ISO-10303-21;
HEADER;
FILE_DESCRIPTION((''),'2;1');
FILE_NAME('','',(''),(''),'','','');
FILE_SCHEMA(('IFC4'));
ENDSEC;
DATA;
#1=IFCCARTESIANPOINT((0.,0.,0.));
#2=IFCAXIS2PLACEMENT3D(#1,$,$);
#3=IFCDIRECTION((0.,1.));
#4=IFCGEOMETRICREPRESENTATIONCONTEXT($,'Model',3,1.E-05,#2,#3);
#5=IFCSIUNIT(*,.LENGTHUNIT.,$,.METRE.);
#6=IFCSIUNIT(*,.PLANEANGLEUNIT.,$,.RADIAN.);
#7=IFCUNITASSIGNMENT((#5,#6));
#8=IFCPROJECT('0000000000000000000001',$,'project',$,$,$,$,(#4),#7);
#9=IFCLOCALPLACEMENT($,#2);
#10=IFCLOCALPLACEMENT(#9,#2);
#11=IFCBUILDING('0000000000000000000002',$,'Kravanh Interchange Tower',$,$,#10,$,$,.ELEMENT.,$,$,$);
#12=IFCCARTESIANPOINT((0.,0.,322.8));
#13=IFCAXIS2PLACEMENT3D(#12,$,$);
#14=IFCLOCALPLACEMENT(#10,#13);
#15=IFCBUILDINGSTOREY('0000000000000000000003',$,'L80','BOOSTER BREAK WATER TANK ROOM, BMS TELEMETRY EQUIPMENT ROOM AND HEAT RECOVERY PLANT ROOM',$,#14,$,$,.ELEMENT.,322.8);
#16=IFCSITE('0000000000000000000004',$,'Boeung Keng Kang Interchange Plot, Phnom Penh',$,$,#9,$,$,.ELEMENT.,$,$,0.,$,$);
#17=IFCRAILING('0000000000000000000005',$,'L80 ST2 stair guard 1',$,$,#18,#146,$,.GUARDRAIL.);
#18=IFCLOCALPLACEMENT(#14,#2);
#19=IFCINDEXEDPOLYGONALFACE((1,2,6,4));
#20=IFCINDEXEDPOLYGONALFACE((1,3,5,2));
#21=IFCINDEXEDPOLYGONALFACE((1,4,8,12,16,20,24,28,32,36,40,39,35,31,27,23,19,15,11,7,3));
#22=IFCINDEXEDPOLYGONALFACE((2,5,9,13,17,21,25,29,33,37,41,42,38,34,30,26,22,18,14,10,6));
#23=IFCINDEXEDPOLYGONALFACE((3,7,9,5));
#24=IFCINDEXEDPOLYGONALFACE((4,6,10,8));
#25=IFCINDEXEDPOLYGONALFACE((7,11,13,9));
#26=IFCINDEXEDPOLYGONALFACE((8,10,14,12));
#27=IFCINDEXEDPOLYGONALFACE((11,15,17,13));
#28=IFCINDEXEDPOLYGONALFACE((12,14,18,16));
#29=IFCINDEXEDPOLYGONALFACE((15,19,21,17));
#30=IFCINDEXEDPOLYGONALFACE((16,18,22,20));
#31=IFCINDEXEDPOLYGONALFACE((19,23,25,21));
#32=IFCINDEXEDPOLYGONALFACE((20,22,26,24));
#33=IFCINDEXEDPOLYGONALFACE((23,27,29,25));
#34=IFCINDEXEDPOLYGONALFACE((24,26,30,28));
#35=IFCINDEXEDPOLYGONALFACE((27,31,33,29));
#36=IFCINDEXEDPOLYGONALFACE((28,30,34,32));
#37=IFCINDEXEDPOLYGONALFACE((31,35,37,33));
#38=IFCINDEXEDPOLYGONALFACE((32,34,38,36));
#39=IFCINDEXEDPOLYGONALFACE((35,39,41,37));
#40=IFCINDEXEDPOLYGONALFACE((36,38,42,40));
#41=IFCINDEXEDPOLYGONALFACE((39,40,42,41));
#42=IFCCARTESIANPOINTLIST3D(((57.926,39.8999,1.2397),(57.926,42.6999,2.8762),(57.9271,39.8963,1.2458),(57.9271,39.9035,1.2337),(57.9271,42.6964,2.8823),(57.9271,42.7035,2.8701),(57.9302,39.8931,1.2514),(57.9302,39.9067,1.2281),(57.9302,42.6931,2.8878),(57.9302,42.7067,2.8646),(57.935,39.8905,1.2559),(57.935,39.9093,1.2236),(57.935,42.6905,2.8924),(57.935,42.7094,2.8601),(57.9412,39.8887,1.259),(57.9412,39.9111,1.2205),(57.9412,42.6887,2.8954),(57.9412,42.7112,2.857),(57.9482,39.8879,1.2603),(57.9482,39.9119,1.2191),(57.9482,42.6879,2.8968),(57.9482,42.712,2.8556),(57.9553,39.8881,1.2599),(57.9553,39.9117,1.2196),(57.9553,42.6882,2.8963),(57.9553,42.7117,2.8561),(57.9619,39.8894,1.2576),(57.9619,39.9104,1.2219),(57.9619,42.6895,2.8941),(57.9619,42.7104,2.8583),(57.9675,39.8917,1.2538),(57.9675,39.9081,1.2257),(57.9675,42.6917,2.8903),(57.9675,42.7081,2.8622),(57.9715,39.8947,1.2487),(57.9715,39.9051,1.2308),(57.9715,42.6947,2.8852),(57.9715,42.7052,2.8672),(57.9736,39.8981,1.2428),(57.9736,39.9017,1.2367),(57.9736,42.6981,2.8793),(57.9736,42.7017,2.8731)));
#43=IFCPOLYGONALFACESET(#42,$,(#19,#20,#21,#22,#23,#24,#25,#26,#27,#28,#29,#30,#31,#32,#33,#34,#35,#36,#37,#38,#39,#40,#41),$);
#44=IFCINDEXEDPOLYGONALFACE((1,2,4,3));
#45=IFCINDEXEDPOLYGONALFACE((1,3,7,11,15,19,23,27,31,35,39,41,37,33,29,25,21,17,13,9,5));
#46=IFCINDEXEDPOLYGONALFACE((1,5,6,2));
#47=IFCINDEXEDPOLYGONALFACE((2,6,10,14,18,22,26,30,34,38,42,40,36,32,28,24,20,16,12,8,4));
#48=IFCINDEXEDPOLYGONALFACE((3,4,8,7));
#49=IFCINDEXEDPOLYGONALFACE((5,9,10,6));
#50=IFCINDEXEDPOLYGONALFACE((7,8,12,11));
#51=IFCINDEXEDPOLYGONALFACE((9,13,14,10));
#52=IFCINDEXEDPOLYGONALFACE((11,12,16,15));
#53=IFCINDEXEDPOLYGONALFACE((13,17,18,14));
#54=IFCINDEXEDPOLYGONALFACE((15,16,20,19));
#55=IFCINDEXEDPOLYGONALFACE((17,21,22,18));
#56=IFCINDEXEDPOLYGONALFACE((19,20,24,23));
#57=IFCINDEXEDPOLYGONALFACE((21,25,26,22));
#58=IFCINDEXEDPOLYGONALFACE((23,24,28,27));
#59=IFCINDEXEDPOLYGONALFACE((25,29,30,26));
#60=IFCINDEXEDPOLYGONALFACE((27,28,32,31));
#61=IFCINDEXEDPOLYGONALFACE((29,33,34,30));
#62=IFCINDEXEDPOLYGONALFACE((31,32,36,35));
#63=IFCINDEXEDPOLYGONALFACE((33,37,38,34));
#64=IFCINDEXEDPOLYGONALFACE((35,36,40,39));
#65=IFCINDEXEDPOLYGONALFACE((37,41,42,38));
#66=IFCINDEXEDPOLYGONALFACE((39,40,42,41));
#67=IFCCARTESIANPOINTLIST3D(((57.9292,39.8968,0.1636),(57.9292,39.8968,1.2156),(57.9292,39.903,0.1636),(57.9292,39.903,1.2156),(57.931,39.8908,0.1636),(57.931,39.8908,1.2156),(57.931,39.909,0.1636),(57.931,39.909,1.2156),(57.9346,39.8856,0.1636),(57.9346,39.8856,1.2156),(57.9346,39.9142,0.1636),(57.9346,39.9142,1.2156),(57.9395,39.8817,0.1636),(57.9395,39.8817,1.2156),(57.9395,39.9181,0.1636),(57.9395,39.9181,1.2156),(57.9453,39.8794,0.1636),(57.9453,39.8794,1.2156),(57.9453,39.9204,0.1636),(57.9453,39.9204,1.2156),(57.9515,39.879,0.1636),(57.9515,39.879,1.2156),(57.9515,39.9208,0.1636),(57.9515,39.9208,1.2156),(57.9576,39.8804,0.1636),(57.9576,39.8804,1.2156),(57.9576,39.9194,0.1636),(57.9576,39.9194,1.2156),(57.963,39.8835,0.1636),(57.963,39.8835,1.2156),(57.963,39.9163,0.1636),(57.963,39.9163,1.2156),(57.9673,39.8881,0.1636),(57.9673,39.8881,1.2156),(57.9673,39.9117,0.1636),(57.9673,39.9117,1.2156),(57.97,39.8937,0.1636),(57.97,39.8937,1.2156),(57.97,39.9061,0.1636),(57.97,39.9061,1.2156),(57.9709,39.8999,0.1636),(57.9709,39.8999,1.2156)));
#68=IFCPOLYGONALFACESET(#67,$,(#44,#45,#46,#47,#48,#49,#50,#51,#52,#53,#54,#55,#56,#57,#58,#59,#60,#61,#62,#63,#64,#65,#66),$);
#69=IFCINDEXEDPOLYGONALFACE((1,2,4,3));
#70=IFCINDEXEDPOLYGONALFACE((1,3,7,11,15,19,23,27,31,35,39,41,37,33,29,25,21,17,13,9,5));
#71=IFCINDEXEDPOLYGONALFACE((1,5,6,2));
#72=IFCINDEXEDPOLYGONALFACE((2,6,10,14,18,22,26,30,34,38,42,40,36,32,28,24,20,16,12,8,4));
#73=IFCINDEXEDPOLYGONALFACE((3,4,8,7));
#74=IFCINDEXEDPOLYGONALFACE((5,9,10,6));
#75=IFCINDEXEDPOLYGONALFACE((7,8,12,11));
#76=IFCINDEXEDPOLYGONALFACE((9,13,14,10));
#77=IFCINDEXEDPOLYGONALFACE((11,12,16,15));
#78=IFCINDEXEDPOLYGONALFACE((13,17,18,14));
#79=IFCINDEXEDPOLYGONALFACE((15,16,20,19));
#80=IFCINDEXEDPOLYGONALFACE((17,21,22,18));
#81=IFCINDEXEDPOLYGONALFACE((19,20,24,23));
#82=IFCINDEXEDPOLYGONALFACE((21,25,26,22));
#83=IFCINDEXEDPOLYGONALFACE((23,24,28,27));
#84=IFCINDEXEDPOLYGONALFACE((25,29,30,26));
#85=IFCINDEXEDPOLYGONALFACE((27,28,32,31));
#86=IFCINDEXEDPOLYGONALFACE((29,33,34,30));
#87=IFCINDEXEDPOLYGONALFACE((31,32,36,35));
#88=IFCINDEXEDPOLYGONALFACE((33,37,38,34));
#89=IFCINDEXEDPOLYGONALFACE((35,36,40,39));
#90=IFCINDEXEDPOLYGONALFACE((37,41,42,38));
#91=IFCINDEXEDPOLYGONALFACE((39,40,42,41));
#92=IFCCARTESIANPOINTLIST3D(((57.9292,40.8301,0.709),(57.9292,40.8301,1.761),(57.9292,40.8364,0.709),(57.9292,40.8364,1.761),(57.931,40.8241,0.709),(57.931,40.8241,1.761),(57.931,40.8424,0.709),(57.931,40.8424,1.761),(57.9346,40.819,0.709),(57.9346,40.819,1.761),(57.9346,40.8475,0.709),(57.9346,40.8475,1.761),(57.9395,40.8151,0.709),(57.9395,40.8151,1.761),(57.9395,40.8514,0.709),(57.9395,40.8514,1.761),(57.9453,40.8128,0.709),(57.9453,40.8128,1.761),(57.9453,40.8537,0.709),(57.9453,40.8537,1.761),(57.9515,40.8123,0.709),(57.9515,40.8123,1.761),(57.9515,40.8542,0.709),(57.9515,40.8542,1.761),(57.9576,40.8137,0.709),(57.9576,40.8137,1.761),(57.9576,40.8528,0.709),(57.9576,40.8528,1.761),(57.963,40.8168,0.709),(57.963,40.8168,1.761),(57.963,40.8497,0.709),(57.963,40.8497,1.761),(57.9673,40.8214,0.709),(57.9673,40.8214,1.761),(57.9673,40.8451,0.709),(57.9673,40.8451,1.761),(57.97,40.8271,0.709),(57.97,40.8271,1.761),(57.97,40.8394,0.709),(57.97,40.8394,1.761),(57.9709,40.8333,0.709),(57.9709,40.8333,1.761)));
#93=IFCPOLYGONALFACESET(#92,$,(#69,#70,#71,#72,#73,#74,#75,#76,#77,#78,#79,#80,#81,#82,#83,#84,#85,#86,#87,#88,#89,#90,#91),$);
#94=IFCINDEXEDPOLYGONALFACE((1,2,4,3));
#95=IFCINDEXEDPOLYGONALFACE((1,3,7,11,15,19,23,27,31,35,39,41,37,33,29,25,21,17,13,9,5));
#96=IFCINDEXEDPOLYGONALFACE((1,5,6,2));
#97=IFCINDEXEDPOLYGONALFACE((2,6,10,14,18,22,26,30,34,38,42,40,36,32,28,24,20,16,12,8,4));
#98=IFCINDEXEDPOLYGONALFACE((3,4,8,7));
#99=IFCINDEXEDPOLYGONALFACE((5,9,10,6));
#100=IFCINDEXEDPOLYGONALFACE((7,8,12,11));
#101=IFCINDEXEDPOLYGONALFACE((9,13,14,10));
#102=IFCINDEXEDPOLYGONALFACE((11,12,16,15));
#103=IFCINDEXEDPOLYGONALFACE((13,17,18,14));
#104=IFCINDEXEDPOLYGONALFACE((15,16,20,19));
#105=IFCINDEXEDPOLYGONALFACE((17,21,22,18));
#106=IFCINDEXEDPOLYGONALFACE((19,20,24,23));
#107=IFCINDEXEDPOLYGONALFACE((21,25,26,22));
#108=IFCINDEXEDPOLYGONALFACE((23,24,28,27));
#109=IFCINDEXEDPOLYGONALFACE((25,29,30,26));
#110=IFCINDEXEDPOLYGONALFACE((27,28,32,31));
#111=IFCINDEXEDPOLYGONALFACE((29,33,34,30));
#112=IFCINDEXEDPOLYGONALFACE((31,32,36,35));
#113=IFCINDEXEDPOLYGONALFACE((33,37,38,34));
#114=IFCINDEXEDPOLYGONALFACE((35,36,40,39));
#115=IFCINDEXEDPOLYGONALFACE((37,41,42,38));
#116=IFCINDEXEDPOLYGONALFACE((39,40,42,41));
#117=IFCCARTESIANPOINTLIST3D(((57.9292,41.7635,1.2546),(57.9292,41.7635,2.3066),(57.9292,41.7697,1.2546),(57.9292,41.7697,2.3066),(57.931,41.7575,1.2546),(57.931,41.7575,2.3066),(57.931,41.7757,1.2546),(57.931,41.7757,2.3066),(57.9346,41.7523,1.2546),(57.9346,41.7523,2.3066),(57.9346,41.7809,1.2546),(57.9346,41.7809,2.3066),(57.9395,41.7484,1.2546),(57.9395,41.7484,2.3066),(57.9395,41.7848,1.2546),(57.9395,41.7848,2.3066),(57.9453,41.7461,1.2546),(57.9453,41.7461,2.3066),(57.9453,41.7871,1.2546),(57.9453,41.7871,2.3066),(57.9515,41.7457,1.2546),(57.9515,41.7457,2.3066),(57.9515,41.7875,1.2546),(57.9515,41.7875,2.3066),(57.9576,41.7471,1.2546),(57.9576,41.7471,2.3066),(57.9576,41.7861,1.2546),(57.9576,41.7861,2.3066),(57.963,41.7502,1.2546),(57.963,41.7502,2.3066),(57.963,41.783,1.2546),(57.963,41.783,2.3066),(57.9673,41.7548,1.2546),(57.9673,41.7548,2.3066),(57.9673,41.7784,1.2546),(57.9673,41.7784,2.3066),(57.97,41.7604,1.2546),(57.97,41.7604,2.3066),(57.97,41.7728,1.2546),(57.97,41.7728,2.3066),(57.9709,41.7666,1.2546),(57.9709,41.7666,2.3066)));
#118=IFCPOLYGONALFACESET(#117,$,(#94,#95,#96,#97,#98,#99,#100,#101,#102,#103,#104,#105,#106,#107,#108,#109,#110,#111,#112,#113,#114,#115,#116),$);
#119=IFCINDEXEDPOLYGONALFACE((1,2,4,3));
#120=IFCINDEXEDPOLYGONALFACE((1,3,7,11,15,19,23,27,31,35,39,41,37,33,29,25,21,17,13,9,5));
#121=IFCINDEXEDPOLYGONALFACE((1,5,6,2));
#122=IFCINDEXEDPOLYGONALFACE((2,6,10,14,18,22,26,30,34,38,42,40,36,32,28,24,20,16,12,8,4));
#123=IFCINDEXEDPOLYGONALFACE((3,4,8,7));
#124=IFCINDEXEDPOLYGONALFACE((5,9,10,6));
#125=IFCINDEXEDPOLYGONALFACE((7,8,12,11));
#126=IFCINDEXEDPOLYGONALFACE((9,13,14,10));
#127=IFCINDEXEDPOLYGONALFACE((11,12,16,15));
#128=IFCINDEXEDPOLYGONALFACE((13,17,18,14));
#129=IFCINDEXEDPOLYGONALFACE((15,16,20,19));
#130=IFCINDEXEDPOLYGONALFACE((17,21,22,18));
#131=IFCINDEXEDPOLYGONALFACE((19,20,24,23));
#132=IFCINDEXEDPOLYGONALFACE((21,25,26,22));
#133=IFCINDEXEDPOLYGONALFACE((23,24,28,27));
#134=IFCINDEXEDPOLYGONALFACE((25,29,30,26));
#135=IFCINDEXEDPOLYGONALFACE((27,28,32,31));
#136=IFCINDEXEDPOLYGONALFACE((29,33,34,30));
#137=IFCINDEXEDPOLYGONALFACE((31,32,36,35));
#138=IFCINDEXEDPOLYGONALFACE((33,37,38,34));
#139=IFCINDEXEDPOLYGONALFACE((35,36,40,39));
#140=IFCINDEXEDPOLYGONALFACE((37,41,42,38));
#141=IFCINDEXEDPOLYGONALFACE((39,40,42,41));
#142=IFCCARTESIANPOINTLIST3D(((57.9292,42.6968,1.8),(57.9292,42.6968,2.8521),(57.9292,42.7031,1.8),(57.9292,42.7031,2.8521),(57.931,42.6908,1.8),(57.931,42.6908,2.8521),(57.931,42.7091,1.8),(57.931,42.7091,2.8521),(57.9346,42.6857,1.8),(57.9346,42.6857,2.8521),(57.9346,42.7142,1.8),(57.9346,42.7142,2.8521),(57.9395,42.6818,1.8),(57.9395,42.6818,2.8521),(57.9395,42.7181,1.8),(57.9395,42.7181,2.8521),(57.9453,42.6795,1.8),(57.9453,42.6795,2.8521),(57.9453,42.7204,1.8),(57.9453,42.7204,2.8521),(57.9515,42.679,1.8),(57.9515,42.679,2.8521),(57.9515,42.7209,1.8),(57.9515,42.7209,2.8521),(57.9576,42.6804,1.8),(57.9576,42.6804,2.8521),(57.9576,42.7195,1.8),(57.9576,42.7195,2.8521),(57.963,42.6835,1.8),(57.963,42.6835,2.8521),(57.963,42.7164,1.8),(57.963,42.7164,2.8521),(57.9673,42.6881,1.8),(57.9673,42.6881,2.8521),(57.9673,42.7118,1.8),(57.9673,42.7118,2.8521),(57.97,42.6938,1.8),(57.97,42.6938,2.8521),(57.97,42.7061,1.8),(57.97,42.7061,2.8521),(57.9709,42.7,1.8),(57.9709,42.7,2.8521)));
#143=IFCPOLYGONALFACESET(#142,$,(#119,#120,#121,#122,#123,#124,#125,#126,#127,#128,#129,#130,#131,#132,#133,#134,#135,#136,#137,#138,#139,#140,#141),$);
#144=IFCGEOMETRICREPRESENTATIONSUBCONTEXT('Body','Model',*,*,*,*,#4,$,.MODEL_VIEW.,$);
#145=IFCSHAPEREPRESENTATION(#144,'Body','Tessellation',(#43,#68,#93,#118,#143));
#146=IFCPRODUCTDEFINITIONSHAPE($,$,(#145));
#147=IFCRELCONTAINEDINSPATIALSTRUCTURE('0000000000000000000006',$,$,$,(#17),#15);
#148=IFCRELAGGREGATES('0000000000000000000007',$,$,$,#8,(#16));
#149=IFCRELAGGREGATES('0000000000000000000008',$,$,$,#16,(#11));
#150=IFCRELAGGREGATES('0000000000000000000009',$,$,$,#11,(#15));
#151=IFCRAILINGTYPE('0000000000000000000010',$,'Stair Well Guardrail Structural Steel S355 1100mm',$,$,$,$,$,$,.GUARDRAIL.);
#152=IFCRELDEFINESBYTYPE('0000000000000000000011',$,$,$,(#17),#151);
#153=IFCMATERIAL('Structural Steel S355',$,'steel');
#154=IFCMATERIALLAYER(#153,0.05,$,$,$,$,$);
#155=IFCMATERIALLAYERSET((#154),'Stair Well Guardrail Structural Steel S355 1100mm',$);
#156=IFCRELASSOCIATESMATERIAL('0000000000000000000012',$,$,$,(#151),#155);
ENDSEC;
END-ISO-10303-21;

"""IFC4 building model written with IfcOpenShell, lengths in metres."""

from ifc_helpers import new_model, si_unit, direction, frame, origin, origin_2d, place, context, subcontext, project, spatial, circle, extrude, material, layer, layer_set, type_object, element, save


model = new_model("IFC4")

# Units and contexts
model_context = context("Model", 3, precision=1e-05, world=origin(), true_north=direction((0.0, 1.0)))
body_context = subcontext(model_context, "Body", "Model", "MODEL_VIEW")
ifc_project = project(units=[si_unit("LENGTHUNIT", "METRE"), si_unit("PLANEANGLEUNIT", "RADIAN")], contexts=[model_context])

# Site, building, storey
site_placement = place(None, origin())
site = spatial("IfcSite", under=ifc_project, at=site_placement, Name="Boeung Keng Kang Interchange Plot, Phnom Penh", CompositionType="ELEMENT", RefElevation=0.0)
building_placement = place(site_placement, origin())
building = spatial("IfcBuilding", under=site, at=building_placement, Name="Kravanh Interchange Tower", CompositionType="ELEMENT")
storey_placement = place(building_placement, frame((0.0, 0.0, 322.8)))
storey = spatial("IfcBuildingStorey", under=building, at=storey_placement, Name="L80", Description="BOOSTER BREAK WATER TANK ROOM, BMS TELEMETRY EQUIPMENT ROOM AND HEAT RECOVERY PLANT ROOM", CompositionType="ELEMENT", Elevation=322.8)

# Railing
ifc_material_1 = material(Name="Structural Steel S355", Category="steel")
ifc_layer_1 = layer(ifc_material_1, 0.05)
ifc_layer_set_1 = layer_set([ifc_layer_1], Name="Stair Well Guardrail Structural Steel S355 1100mm")
railing_type_1 = type_object("IfcRailingType", Name="Stair Well Guardrail Structural Steel S355 1100mm", PredefinedType="GUARDRAIL", material=ifc_layer_set_1)
railing_1_placement = place(storey_placement, frame((57.95, 39.8999, 0.1636)))
element("IfcRailing", 1, at=railing_1_placement, inside=storey, type_object=railing_type_1, Name="L80 ST2 stair guard 1", PredefinedType="GUARDRAIL", context=body_context, shape_type="SweptSolid", body=[
    extrude(circle(Radius=0.0239, at=origin_2d()), frame((0.0, 0.0, 1.0762), z_axis=(0.0, 0.863361, 0.504587), x_axis=(-1.0, 0.0, 0.0)), (0.0, 0.0, 1.0), 3.2432),
    extrude(circle(Radius=0.021, at=origin_2d()), origin(), (0.0, 0.0, 1.0), 1.052),
    extrude(circle(Radius=0.021, at=origin_2d()), frame((0.0, 0.9333, 0.5454)), (0.0, 0.0, 1.0), 1.052),
    extrude(circle(Radius=0.021, at=origin_2d()), frame((0.0, 1.8667, 1.0911)), (0.0, 0.0, 1.0), 1.052),
    extrude(circle(Radius=0.021, at=origin_2d()), frame((0.0, 2.8, 1.6365)), (0.0, 0.0, 1.0), 1.052),
])

save(model, "model.ifc")
